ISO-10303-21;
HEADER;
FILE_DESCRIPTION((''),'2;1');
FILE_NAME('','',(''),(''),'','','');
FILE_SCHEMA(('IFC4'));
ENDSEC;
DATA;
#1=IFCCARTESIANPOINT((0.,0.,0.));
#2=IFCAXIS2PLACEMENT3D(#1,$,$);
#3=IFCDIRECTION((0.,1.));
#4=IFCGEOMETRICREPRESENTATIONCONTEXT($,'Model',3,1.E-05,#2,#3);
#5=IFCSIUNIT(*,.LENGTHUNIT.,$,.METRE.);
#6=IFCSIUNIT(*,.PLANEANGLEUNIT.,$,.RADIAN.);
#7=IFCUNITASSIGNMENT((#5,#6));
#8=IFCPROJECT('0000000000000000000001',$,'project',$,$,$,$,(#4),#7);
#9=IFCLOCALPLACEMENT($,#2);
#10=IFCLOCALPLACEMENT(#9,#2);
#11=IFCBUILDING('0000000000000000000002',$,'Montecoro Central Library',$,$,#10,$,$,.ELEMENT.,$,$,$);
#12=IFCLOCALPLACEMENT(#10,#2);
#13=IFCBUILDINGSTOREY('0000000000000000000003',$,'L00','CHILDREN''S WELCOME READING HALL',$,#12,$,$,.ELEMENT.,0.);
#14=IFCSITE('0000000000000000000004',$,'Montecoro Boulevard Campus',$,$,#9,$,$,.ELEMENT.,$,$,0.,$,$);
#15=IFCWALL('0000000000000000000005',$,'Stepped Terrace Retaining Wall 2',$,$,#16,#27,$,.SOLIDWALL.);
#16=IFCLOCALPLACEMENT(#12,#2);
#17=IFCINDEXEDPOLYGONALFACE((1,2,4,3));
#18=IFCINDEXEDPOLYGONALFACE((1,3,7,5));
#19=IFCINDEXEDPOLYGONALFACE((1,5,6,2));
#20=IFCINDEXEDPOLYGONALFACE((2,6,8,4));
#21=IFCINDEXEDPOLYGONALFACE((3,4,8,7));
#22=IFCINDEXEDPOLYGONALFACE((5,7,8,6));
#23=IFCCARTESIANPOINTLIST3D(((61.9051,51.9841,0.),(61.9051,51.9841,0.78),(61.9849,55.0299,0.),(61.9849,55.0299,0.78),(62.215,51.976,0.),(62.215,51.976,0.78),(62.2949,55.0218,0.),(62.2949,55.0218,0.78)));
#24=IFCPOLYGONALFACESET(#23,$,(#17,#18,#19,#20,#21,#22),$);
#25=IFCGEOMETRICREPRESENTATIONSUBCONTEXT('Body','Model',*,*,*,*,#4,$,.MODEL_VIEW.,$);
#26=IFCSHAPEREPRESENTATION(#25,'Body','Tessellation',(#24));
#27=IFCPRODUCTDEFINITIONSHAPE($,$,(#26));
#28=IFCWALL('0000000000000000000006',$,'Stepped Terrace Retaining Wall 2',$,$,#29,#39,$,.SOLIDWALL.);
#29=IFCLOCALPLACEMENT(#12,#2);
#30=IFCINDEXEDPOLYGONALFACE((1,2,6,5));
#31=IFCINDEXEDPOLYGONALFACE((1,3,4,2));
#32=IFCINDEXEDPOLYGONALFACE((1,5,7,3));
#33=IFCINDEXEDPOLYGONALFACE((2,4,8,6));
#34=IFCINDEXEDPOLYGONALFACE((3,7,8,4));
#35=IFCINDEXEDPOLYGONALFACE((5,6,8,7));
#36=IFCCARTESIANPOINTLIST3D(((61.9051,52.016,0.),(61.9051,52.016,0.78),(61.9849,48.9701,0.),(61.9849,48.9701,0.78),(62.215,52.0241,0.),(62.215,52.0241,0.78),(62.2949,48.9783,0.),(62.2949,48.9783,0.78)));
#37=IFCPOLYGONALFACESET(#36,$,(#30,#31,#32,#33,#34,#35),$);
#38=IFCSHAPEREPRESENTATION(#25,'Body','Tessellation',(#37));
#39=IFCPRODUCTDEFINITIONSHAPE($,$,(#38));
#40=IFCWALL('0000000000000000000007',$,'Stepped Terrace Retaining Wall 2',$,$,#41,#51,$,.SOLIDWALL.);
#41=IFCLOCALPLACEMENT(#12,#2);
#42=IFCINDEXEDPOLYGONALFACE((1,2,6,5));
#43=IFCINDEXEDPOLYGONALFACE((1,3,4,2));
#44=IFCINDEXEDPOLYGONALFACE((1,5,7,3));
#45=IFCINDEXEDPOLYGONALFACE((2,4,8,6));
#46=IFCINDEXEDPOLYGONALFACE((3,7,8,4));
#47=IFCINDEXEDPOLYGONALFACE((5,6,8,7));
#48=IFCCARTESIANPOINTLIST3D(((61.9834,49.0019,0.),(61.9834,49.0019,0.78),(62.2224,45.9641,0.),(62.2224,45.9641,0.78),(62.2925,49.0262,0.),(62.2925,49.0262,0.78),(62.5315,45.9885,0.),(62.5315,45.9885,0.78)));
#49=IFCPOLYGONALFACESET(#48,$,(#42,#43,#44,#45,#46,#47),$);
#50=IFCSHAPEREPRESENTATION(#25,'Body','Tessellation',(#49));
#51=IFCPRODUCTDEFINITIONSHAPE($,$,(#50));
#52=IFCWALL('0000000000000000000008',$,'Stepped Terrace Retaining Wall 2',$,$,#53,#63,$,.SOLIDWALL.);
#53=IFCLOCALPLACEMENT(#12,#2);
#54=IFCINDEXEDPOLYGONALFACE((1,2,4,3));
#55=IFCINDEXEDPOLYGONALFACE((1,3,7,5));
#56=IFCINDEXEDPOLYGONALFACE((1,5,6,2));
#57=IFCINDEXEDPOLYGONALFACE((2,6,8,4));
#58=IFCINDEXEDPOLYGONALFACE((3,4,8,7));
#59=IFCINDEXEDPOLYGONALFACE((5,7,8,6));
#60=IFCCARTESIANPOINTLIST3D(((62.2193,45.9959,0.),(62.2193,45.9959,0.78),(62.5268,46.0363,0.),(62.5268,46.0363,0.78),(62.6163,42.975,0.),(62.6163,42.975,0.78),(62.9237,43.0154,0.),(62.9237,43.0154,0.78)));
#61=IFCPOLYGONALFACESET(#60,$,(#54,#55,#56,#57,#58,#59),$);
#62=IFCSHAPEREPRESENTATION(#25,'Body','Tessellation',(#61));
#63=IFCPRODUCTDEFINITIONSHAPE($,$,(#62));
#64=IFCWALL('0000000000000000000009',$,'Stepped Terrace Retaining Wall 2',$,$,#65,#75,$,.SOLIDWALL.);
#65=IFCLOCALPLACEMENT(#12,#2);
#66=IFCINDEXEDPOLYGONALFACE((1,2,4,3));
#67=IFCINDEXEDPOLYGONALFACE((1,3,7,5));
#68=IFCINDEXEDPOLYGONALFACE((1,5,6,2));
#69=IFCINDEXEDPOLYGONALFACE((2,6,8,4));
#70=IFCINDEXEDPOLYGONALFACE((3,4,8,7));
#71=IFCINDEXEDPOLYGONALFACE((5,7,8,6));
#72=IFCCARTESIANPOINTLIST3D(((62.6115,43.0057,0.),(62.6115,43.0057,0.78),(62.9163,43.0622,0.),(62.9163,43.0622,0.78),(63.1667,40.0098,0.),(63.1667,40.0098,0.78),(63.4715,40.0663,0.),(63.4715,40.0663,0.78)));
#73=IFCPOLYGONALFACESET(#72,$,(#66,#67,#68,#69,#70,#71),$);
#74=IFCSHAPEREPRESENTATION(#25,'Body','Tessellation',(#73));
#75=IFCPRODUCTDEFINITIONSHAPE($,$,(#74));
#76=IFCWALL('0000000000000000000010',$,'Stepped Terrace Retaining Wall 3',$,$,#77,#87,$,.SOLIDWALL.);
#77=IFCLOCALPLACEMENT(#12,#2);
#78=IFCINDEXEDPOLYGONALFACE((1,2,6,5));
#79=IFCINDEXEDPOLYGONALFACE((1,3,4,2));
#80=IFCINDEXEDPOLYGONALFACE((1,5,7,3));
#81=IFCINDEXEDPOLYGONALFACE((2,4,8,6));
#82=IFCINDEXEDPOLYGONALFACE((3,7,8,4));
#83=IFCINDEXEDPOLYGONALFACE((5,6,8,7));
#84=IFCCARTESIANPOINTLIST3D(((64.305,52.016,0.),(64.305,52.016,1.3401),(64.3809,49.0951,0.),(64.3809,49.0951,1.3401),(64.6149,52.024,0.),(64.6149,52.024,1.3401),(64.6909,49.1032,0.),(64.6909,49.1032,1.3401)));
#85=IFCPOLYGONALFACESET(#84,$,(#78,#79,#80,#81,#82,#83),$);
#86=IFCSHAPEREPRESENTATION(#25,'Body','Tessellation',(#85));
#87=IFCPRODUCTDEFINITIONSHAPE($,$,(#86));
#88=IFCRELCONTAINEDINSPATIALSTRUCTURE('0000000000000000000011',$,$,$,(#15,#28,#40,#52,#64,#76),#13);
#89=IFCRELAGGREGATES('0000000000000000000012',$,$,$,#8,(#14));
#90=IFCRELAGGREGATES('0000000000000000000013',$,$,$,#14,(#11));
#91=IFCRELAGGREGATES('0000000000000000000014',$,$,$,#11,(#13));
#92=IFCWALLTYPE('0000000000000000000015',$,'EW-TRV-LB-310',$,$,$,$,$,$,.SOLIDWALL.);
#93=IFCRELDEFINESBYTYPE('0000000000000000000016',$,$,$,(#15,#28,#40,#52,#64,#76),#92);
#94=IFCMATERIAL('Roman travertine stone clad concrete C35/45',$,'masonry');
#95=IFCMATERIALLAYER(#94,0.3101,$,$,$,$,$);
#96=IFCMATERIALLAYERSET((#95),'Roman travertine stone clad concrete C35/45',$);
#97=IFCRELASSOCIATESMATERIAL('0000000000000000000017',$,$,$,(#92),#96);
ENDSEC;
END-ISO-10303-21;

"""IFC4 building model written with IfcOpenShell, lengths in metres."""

from ifc_helpers import new_model, si_unit, direction, frame, frame_2d, origin, place, context, subcontext, project, spatial, rectangle, extrude, material, layer, layer_set, type_object, element, save


model = new_model("IFC4")

# Units and contexts
model_context = context("Model", 3, precision=1e-05, world=origin(), true_north=direction((0.0, 1.0)))
body_context = subcontext(model_context, "Body", "Model", "MODEL_VIEW")
ifc_project = project(units=[si_unit("LENGTHUNIT", "METRE"), si_unit("PLANEANGLEUNIT", "RADIAN")], contexts=[model_context])

# Site, building, storey
site_placement = place(None, origin())
site = spatial("IfcSite", under=ifc_project, at=site_placement, Name="Montecoro Boulevard Campus", CompositionType="ELEMENT", RefElevation=0.0)
building_placement = place(site_placement, origin())
building = spatial("IfcBuilding", under=site, at=building_placement, Name="Montecoro Central Library", CompositionType="ELEMENT")
storey_placement = place(building_placement, origin())
storey = spatial("IfcBuildingStorey", under=building, at=storey_placement, Name="L00", Description="CHILDREN'S WELCOME READING HALL", CompositionType="ELEMENT", Elevation=0.0)

# Walls
ifc_material_1 = material(Name="Roman travertine stone clad concrete C35/45", Category="masonry")
ifc_layer = layer(ifc_material_1, 0.3101)
ifc_layer_set = layer_set([ifc_layer], Name="Roman travertine stone clad concrete C35/45")
wall_type = type_object("IfcWallType", Name="EW-TRV-LB-310", PredefinedType="SOLIDWALL", material=ifc_layer_set)
for number, where, z_axis, x_axis, name in (
    (1, (62.1399, 55.0259, 0.0), (0.0, 0.0, 1.0), (-0.026201, -0.999657, 0.0), "Stepped Terrace Retaining Wall 2"),
    (2, (62.0601, 52.02, 0.0), (0.0, 0.0, 1.0), (0.026201, -0.999657, 0.0), "Stepped Terrace Retaining Wall 2"),
):
    element("IfcWall", number, at=place(storey_placement, frame(where, z_axis=z_axis, x_axis=x_axis)), inside=storey, type_object=wall_type, Name=name, PredefinedType="SOLIDWALL", context=body_context, shape_type="SweptSolid", body=[
        extrude(rectangle(XDim=3.0469, YDim=0.3101, at=frame_2d((1.5234, 0.0))), origin(), (0.0, 0.0, 1.0), 0.78),
    ])
wall_1_placement = place(storey_placement, frame((62.1379, 49.0139, 0.0), z_axis=(0.0, 0.0, 1.0), x_axis=(0.078436, -0.996919, 0.0)))
element("IfcWall", 3, at=wall_1_placement, inside=storey, type_object=wall_type, Name="Stepped Terrace Retaining Wall 2", PredefinedType="SOLIDWALL", context=body_context, shape_type="SweptSolid", body=[
    extrude(rectangle(XDim=3.0471, YDim=0.3101, at=frame_2d((1.5234, 0.0))), origin(), (0.0, 0.0, 1.0), 0.78),
])
for number, where, z_axis, x_axis, name in (
    (4, (62.373, 46.0161, 0.0), (0.0, 0.0, 1.0), (0.130285, -0.991477, 0.0), "Stepped Terrace Retaining Wall 2"),
    (5, (62.7639, 43.0339, 0.0), (0.0, 0.0, 1.0), (0.182213, -0.983259, 0.0), "Stepped Terrace Retaining Wall 2"),
):
    element("IfcWall", number, at=place(storey_placement, frame(where, z_axis=z_axis, x_axis=x_axis)), inside=storey, type_object=wall_type, Name=name, PredefinedType="SOLIDWALL", context=body_context, shape_type="SweptSolid", body=[
        extrude(rectangle(XDim=3.0469, YDim=0.3101, at=frame_2d((1.5234, 0.0))), origin(), (0.0, 0.0, 1.0), 0.78),
    ])
wall_2_placement = place(storey_placement, frame((64.46, 52.02, 0.0), z_axis=(0.0, 0.0, 1.0), x_axis=(0.025986, -0.999662, 0.0)))
element("IfcWall", 6, at=wall_2_placement, inside=storey, type_object=wall_type, Name="Stepped Terrace Retaining Wall 3", PredefinedType="SOLIDWALL", context=body_context, shape_type="SweptSolid", body=[
    extrude(rectangle(XDim=2.9219, YDim=0.3101, at=frame_2d((1.4609, 0.0))), origin(), (0.0, 0.0, 1.0), 1.3401),
])

save(model, "model.ifc")
